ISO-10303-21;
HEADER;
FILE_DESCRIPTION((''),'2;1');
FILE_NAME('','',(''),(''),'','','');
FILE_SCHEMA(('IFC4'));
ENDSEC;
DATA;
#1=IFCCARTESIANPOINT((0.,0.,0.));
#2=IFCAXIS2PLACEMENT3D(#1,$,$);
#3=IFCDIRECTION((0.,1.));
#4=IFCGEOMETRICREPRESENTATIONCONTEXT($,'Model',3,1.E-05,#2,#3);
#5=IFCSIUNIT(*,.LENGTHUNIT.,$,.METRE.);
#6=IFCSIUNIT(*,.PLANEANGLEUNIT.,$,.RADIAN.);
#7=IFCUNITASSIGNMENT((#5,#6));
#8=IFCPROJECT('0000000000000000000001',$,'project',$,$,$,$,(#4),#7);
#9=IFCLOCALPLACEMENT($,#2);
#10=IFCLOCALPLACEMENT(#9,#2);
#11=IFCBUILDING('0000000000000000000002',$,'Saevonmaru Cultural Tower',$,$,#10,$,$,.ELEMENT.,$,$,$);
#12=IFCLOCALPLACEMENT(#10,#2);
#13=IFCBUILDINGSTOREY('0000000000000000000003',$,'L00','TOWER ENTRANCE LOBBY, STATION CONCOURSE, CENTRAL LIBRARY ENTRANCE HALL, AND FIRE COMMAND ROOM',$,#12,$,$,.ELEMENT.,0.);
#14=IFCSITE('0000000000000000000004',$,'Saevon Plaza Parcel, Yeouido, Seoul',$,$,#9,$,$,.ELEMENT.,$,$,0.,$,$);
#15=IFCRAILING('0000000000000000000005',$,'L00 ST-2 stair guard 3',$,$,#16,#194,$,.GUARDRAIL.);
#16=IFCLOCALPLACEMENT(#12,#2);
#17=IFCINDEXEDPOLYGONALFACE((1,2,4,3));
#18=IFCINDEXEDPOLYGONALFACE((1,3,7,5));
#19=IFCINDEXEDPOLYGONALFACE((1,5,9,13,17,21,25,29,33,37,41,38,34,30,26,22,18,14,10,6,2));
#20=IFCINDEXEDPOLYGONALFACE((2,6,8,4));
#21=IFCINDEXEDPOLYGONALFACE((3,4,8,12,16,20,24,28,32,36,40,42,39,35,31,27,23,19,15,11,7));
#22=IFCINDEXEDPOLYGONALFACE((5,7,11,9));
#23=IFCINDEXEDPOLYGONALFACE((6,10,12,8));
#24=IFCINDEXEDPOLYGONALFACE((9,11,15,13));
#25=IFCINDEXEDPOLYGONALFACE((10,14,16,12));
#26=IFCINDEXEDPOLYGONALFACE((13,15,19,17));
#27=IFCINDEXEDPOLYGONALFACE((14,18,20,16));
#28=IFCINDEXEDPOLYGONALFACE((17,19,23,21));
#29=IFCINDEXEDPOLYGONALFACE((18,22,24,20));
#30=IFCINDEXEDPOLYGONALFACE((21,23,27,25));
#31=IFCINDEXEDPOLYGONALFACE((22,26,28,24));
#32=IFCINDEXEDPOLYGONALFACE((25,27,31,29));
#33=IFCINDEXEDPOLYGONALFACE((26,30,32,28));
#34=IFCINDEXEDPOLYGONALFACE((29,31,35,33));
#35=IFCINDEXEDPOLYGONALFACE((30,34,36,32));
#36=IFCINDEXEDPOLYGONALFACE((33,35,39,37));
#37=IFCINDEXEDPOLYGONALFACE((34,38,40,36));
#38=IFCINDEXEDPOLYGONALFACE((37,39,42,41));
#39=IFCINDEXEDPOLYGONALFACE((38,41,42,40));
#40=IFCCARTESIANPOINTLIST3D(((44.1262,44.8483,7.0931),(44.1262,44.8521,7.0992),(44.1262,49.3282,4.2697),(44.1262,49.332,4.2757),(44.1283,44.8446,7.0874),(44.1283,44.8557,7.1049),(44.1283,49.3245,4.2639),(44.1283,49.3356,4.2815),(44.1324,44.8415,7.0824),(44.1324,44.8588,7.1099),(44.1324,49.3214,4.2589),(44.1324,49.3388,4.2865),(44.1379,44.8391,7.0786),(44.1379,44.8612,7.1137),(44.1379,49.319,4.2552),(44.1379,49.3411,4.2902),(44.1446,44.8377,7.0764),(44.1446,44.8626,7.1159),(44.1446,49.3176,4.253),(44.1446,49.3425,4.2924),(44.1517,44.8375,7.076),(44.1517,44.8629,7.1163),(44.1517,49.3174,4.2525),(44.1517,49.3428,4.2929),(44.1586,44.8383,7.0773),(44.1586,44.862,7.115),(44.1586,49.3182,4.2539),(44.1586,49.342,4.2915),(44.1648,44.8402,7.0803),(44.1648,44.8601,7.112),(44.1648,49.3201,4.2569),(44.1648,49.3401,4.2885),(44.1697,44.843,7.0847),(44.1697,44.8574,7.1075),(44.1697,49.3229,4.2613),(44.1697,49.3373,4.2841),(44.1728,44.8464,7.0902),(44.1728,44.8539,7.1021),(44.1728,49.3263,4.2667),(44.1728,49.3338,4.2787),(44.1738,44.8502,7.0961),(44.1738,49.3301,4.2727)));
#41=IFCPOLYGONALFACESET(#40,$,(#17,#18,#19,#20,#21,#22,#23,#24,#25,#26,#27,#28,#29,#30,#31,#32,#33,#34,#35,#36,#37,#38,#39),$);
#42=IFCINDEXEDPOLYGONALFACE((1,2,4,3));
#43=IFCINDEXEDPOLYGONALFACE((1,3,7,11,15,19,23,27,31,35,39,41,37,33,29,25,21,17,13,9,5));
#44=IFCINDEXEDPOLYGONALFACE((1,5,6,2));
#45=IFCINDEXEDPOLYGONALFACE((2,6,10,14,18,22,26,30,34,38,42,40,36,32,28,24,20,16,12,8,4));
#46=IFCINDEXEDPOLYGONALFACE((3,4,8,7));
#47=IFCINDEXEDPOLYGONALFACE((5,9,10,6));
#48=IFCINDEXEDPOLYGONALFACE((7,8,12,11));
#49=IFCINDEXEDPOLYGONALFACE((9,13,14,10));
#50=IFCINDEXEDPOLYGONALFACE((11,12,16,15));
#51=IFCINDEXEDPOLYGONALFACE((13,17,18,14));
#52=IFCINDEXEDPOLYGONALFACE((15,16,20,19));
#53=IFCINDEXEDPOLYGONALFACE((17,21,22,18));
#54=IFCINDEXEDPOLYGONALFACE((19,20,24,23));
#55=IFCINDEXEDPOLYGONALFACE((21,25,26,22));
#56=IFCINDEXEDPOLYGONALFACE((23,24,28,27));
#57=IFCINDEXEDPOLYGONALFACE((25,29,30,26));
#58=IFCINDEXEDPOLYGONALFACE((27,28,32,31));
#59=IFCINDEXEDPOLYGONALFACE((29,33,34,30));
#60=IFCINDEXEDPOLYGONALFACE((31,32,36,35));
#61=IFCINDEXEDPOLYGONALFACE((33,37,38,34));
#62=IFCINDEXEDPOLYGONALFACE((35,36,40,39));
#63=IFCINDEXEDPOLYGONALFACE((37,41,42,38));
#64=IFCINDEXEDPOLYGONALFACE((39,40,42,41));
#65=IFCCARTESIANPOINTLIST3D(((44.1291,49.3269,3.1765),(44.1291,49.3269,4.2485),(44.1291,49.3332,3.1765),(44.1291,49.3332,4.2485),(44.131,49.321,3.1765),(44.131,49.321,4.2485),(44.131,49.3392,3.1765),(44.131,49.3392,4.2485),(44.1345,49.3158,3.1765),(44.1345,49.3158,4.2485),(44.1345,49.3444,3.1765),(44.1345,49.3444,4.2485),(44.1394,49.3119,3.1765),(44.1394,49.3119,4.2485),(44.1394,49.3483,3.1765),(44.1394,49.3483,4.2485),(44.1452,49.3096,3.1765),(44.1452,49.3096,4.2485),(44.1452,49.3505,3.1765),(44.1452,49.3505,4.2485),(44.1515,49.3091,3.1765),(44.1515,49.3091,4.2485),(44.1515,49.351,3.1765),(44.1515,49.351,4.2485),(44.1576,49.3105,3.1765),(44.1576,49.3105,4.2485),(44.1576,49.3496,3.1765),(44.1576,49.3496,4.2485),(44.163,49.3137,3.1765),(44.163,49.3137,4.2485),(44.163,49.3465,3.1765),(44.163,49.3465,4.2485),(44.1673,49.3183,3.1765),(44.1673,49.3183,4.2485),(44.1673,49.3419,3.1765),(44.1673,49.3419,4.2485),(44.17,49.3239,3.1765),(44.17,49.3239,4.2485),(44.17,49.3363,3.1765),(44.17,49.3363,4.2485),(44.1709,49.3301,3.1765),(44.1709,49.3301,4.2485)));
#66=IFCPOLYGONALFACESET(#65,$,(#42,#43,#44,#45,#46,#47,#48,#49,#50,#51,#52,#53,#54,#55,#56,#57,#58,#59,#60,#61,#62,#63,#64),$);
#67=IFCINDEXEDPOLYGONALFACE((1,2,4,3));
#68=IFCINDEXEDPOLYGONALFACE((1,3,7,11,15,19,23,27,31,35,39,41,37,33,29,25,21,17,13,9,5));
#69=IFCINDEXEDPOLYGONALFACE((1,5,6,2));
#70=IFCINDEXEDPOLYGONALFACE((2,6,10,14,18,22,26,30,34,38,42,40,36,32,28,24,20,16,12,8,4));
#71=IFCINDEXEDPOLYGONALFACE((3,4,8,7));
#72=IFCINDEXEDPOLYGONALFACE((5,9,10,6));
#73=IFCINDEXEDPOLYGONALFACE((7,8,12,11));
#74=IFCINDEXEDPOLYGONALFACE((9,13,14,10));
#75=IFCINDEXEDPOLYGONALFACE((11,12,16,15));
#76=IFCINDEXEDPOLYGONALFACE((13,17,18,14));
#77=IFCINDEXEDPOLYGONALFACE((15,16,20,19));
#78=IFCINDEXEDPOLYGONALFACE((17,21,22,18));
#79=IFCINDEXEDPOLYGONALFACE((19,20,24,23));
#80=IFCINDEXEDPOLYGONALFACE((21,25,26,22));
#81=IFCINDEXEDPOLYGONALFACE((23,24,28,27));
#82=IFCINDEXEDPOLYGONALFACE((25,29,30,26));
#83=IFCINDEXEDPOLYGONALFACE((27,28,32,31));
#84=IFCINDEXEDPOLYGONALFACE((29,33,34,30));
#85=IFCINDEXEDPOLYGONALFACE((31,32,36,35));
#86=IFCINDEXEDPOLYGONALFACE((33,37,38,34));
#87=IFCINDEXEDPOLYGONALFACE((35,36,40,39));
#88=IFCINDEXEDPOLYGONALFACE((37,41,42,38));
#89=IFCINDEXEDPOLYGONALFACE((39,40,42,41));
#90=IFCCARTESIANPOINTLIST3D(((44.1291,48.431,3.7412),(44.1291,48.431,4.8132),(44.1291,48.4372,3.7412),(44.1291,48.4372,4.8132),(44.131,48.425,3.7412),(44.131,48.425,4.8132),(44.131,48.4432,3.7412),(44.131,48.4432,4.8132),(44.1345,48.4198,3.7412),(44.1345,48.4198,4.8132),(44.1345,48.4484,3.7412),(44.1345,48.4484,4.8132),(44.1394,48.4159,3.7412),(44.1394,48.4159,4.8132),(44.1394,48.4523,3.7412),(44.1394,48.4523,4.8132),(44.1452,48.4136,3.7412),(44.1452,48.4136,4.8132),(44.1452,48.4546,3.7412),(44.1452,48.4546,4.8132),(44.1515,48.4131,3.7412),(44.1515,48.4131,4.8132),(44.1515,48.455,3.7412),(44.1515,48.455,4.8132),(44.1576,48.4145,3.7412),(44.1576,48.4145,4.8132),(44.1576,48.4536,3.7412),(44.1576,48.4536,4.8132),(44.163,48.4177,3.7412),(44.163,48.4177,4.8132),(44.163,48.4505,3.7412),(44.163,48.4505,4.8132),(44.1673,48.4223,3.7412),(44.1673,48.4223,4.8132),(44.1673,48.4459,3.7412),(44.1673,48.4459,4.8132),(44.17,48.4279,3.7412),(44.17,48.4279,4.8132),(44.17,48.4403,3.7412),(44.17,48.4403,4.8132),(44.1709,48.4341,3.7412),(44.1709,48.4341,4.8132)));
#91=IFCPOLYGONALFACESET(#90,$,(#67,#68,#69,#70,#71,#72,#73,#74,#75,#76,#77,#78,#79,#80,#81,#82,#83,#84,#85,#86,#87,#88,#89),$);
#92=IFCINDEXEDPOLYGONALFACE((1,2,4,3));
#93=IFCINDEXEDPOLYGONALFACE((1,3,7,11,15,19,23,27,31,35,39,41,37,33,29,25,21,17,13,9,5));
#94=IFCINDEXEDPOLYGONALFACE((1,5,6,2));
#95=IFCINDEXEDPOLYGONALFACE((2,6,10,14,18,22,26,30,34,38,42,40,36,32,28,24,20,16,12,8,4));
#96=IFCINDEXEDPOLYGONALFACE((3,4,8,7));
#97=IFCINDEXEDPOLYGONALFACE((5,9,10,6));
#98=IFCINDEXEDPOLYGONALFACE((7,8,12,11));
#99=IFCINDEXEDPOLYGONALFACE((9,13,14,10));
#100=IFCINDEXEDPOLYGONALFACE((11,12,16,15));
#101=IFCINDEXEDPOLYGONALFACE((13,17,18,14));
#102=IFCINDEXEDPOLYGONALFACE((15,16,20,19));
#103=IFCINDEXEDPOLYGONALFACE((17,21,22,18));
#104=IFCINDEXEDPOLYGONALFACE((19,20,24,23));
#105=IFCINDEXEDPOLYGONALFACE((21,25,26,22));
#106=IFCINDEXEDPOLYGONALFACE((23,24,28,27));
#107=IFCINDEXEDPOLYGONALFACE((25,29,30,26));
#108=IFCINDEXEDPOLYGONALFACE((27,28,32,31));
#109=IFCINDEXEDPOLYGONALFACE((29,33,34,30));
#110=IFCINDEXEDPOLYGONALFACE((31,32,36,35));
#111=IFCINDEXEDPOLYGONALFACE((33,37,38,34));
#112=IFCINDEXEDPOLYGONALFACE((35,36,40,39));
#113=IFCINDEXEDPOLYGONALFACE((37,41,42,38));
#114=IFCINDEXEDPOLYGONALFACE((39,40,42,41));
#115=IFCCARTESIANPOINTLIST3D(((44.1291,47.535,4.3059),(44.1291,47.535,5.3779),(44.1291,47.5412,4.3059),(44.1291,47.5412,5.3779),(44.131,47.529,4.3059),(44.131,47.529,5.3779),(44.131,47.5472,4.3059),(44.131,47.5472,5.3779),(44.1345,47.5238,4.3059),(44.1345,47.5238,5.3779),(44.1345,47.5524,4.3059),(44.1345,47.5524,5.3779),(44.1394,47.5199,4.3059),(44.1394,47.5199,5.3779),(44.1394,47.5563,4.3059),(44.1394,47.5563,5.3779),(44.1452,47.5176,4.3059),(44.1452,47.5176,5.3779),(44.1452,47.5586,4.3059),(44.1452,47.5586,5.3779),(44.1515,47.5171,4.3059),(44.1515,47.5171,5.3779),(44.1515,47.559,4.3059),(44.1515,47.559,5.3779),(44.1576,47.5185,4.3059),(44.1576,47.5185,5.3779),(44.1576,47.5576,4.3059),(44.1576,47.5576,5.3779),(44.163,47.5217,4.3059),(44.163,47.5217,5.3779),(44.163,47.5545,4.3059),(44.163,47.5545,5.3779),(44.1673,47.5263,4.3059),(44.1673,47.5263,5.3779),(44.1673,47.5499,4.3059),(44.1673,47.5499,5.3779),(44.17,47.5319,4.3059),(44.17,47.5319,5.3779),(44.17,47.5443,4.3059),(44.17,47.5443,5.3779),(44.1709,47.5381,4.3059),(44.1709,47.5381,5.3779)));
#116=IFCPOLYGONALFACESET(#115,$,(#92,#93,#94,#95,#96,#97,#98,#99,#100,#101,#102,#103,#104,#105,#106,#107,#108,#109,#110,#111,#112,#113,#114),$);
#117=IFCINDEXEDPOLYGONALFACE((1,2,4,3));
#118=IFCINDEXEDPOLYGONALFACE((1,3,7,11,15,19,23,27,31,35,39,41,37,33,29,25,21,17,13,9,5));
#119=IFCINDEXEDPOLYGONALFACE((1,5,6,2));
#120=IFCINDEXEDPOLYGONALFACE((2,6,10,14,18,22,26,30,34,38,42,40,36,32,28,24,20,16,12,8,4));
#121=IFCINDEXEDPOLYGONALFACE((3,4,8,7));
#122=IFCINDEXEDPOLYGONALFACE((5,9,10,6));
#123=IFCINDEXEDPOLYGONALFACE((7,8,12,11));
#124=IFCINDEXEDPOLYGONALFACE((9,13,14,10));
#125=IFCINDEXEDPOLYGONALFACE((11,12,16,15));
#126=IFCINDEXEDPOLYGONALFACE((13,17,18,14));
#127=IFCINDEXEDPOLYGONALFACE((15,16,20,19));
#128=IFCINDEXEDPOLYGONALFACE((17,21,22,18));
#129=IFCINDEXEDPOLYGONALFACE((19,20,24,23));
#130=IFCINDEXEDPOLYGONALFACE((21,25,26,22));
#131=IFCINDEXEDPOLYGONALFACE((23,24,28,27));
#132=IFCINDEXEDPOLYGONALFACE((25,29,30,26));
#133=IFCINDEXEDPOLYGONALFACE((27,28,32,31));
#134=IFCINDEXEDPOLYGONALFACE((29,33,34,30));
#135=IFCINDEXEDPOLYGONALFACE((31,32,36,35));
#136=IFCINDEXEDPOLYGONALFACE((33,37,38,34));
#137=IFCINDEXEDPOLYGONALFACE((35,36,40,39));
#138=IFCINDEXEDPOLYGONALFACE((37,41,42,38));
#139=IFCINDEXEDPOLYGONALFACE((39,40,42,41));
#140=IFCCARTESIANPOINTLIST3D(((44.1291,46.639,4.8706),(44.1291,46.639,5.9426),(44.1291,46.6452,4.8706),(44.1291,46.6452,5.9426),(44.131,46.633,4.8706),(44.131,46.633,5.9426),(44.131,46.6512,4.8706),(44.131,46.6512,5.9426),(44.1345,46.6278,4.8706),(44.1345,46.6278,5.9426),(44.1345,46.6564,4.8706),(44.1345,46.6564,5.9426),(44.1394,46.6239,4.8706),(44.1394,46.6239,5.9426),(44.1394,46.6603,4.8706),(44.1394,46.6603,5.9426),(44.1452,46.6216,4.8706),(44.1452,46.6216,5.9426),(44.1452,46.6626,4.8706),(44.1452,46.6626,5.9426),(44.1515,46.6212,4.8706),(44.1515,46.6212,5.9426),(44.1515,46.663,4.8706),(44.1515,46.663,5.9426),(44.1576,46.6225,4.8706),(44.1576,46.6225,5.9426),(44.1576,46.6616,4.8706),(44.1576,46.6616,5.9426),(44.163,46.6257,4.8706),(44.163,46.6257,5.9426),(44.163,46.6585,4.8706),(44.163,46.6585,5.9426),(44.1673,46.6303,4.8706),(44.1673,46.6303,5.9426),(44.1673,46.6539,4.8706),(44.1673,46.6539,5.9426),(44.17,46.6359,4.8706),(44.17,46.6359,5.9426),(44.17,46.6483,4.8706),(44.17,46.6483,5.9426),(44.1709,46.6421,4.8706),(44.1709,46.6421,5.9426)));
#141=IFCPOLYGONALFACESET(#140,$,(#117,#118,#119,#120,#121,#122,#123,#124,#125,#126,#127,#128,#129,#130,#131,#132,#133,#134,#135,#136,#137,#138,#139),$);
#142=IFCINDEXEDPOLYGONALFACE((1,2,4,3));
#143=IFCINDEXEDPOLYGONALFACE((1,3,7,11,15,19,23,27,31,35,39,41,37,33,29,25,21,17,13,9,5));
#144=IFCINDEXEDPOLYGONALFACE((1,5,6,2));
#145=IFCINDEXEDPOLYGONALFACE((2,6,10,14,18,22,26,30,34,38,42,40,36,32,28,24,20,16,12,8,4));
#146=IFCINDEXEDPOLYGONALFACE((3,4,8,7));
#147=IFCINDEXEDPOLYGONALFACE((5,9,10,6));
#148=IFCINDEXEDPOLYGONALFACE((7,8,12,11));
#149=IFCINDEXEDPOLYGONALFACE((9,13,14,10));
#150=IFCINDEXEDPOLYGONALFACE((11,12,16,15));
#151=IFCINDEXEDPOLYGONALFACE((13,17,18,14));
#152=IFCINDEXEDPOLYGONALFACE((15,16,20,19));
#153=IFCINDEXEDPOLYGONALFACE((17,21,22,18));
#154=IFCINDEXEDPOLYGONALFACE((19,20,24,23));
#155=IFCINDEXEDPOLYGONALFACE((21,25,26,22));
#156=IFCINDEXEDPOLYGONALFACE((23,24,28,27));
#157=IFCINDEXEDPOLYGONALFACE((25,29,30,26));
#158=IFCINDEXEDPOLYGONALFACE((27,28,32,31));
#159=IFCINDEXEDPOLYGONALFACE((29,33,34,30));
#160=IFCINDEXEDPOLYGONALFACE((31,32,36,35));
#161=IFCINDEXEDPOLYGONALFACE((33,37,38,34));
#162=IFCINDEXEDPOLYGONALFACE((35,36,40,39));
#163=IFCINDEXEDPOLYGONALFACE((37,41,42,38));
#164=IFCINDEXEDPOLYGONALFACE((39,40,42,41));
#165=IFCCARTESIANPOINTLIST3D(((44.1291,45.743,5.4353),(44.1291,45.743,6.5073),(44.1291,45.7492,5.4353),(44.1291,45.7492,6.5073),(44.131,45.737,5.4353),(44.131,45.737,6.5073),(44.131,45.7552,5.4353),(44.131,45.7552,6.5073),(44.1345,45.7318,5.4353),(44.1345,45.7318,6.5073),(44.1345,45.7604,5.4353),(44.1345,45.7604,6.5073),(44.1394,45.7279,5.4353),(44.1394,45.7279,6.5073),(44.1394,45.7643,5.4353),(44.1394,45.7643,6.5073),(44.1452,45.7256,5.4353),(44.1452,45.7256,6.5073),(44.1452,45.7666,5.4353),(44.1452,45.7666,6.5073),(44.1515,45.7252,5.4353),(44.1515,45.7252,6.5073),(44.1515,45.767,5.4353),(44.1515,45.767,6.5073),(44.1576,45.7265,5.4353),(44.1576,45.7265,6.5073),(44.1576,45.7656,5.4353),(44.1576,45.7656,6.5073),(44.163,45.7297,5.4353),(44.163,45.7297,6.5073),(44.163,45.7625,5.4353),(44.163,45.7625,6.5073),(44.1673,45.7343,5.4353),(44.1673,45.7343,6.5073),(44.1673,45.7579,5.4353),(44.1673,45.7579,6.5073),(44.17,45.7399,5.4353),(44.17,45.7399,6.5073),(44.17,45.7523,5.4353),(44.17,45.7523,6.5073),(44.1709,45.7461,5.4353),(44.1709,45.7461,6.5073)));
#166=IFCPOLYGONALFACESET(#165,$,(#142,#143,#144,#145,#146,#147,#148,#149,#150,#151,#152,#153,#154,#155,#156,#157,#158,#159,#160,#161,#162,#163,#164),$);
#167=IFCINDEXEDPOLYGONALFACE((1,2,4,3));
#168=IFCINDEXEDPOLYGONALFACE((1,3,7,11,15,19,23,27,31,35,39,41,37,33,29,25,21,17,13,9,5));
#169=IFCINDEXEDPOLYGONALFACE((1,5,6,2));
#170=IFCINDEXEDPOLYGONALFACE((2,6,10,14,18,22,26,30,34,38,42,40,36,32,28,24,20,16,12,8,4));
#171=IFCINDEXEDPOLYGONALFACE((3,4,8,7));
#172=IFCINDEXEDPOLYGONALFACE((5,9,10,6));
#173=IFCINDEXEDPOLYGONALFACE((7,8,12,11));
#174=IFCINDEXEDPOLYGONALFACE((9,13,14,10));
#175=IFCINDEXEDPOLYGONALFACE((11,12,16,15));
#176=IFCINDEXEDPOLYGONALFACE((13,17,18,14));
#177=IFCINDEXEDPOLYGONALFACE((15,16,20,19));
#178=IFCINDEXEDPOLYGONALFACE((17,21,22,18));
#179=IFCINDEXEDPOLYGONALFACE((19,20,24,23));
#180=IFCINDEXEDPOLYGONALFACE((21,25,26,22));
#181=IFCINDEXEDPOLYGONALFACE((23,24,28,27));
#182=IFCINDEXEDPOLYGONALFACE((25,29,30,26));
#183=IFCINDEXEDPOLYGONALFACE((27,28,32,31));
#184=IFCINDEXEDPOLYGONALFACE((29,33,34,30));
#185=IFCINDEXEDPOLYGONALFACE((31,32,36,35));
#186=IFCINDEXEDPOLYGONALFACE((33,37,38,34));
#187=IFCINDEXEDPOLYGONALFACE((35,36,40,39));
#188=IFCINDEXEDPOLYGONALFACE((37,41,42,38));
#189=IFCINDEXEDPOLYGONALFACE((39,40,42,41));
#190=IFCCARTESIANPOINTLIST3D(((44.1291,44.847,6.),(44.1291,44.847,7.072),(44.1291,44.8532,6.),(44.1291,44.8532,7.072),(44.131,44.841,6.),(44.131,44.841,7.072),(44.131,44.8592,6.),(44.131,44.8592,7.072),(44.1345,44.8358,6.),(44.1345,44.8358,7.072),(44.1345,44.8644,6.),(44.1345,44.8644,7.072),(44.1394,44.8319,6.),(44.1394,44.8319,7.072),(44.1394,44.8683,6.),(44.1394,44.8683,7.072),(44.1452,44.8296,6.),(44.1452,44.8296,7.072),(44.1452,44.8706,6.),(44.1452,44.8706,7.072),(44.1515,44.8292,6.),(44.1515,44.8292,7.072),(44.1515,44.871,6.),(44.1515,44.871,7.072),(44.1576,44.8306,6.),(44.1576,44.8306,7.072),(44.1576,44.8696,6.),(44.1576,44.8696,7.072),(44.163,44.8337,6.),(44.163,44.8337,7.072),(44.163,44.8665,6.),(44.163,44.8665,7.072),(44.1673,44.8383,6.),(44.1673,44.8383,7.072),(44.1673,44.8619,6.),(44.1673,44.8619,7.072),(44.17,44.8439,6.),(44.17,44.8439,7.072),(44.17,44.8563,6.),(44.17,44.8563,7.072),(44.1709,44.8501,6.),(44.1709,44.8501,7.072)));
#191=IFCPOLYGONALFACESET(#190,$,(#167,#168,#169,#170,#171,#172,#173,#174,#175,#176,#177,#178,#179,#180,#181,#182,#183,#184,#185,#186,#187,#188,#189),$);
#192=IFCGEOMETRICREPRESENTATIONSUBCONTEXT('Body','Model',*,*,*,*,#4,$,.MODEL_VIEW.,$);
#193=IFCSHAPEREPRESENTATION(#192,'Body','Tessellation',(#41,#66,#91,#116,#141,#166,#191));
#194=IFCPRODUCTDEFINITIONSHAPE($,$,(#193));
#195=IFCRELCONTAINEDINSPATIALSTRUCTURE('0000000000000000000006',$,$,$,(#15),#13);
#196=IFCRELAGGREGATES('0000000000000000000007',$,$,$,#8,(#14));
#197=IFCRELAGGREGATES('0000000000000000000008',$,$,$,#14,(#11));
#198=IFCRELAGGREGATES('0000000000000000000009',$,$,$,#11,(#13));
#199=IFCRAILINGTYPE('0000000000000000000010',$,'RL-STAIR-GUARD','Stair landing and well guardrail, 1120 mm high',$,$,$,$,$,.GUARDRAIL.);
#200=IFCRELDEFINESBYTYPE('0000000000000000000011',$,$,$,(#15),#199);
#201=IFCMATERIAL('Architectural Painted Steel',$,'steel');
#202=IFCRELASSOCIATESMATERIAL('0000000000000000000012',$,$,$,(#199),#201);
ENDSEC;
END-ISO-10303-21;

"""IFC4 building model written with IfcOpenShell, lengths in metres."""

from ifc_helpers import new_model, si_unit, direction, frame, origin, origin_2d, place, context, subcontext, project, spatial, circle, extrude, material, type_object, element, save


model = new_model("IFC4")

# Units and contexts
model_context = context("Model", 3, precision=1e-05, world=origin(), true_north=direction((0.0, 1.0)))
body_context = subcontext(model_context, "Body", "Model", "MODEL_VIEW")
ifc_project = project(units=[si_unit("LENGTHUNIT", "METRE"), si_unit("PLANEANGLEUNIT", "RADIAN")], contexts=[model_context])

# Site, building, storey
site_placement = place(None, origin())
site = spatial("IfcSite", under=ifc_project, at=site_placement, Name="Saevon Plaza Parcel, Yeouido, Seoul", CompositionType="ELEMENT", RefElevation=0.0)
building_placement = place(site_placement, origin())
building = spatial("IfcBuilding", under=site, at=building_placement, Name="Saevonmaru Cultural Tower", CompositionType="ELEMENT")
storey_placement = place(building_placement, origin())
storey = spatial("IfcBuildingStorey", under=building, at=storey_placement, Name="L00", Description="TOWER ENTRANCE LOBBY, STATION CONCOURSE, CENTRAL LIBRARY ENTRANCE HALL, AND FIRE COMMAND ROOM", CompositionType="ELEMENT", Elevation=0.0)

# Railing
ifc_material_1 = material(Name="Architectural Painted Steel", Category="steel")
railing_type_1 = type_object("IfcRailingType", Name="RL-STAIR-GUARD", Description="Stair landing and well guardrail, 1120 mm high", PredefinedType="GUARDRAIL", material=ifc_material_1)
railing_1_placement = place(storey_placement, frame((44.1499, 49.3301, 3.1765)))
element("IfcRailing", 1, at=railing_1_placement, inside=storey, type_object=railing_type_1, Name="L00 ST-2 stair guard 3", PredefinedType="GUARDRAIL", context=body_context, shape_type="SweptSolid", body=[
    extrude(circle(Radius=0.0239, at=origin_2d()), frame((0.0, 0.0, 1.0962), z_axis=(0.0, -0.845998, 0.533186), x_axis=(1.0, 0.0, 0.0)), (0.0, 0.0, 1.0), 5.2954),
    extrude(circle(Radius=0.021, at=origin_2d()), origin(), (0.0, 0.0, 1.0), 1.072),
    extrude(circle(Radius=0.021, at=origin_2d()), frame((0.0, -0.896, 0.5647)), (0.0, 0.0, 1.0), 1.072),
    extrude(circle(Radius=0.021, at=origin_2d()), frame((0.0, -1.792, 1.1294)), (0.0, 0.0, 1.0), 1.072),
    extrude(circle(Radius=0.021, at=origin_2d()), frame((0.0, -2.688, 1.6941)), (0.0, 0.0, 1.0), 1.072),
    extrude(circle(Radius=0.021, at=origin_2d()), frame((0.0, -3.584, 2.2588)), (0.0, 0.0, 1.0), 1.072),
    extrude(circle(Radius=0.021, at=origin_2d()), frame((0.0, -4.48, 2.8235)), (0.0, 0.0, 1.0), 1.072),
])

save(model, "model.ifc")
